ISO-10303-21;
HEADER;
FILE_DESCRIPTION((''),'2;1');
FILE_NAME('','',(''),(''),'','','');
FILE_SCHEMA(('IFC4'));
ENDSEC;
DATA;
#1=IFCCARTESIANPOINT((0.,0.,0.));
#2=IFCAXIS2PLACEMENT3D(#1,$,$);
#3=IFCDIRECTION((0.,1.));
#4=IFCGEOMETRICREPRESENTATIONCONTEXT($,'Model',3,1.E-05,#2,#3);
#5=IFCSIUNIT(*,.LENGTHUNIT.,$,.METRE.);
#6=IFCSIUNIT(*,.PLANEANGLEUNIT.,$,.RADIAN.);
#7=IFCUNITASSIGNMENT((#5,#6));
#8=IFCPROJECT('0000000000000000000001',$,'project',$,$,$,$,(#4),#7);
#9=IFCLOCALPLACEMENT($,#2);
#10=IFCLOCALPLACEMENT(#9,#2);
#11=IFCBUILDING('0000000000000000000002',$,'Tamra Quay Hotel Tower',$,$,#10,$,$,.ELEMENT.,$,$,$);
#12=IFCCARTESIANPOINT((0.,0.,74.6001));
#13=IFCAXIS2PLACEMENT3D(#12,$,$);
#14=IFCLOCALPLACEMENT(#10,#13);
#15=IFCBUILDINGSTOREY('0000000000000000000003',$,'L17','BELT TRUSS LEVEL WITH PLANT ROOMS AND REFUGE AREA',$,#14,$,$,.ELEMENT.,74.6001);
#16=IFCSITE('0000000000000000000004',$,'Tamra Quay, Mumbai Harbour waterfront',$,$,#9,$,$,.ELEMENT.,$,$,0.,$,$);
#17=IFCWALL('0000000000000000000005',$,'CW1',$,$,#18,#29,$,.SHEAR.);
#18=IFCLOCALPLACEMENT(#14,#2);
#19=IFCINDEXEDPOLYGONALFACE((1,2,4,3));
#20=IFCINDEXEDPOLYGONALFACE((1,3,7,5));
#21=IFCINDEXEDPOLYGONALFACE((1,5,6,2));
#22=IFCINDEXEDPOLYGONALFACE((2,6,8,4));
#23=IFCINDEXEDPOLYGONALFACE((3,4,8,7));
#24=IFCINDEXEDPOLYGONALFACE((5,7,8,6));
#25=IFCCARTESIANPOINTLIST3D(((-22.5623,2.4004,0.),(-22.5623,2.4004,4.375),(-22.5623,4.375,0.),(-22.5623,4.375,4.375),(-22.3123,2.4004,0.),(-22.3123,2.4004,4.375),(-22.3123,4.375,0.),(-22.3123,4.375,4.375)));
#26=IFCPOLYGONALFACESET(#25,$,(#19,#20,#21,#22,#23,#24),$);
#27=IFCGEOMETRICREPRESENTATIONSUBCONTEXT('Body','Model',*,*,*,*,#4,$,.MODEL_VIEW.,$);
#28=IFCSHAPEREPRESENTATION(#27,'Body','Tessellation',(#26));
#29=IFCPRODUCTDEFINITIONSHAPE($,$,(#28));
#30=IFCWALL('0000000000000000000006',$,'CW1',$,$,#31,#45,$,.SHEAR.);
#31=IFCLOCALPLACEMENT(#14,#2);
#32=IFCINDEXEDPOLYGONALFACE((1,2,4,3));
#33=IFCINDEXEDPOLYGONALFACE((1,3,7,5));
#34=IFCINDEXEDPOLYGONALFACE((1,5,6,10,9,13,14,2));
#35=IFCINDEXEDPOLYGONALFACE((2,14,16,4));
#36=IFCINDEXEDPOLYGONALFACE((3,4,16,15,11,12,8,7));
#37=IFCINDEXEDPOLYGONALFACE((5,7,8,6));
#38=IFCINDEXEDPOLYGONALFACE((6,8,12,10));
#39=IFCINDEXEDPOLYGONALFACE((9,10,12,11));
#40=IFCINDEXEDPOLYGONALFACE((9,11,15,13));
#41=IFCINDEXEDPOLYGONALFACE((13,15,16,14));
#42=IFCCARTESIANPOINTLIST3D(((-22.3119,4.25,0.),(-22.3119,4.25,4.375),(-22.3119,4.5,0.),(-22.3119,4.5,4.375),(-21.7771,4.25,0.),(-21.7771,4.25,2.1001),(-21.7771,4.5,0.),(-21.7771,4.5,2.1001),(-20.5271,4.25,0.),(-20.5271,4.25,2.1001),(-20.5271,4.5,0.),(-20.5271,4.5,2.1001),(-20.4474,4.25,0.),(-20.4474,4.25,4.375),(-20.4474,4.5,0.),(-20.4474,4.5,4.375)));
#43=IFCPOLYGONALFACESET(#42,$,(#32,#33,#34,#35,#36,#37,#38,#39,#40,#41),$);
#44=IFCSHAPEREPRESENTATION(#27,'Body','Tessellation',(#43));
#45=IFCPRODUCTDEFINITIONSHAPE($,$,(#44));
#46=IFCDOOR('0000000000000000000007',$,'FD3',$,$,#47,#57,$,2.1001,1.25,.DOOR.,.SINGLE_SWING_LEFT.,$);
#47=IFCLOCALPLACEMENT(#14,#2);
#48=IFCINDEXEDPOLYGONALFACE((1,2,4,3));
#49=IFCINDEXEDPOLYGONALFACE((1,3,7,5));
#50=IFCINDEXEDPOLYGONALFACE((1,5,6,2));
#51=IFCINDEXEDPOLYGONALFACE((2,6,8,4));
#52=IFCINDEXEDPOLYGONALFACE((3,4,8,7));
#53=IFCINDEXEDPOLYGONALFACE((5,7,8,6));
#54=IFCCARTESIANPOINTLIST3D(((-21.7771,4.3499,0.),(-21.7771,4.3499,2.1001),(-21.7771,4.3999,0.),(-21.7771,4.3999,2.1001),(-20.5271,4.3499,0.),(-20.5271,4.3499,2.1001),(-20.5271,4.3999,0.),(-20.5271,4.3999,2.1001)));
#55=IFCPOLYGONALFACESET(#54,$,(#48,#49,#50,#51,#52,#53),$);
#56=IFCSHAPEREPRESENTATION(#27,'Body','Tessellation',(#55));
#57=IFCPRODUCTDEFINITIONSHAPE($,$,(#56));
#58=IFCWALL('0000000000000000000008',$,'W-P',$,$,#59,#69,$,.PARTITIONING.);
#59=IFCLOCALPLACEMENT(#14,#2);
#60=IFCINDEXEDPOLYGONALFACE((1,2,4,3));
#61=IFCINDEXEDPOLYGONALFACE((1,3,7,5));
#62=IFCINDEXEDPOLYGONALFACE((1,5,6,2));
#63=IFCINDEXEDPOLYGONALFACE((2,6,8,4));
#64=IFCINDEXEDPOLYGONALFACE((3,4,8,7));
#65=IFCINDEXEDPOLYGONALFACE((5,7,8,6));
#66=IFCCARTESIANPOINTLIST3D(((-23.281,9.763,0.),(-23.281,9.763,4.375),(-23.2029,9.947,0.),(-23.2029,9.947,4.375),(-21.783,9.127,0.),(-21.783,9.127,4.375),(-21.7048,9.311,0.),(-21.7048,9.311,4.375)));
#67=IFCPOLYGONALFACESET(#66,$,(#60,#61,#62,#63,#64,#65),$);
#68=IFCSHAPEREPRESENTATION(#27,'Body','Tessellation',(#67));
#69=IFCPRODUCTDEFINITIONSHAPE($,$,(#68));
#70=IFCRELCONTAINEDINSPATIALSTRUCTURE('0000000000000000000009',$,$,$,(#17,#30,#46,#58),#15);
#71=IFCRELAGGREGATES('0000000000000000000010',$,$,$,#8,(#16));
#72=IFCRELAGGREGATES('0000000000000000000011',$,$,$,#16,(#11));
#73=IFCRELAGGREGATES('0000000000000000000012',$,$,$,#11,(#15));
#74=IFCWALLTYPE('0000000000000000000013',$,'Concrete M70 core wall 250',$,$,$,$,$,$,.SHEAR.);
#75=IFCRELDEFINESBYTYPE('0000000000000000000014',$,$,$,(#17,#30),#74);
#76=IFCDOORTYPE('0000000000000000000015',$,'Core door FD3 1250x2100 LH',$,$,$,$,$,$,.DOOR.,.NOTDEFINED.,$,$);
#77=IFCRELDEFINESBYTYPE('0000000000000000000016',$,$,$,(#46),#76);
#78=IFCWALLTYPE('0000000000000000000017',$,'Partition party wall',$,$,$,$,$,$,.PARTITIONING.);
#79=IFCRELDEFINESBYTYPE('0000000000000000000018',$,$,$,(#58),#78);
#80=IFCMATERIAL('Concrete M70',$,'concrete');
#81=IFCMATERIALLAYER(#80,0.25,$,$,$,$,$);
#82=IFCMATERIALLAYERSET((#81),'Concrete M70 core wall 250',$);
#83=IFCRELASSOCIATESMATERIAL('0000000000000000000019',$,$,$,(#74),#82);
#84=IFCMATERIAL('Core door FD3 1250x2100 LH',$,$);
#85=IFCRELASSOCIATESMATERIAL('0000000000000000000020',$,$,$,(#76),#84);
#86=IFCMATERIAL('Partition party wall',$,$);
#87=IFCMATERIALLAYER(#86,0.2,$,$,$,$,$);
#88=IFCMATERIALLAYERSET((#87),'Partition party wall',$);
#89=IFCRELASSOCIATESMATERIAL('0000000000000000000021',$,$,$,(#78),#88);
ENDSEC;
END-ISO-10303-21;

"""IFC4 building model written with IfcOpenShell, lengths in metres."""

from ifc_helpers import new_model, si_unit, direction, frame, frame_2d, origin, place, context, subcontext, project, spatial, rectangle, extrude, material, layer, layer_set, type_object, element, fill, save


model = new_model("IFC4")

# Units and contexts
model_context = context("Model", 3, precision=1e-05, world=origin(), true_north=direction((0.0, 1.0)))
body_context = subcontext(model_context, "Body", "Model", "MODEL_VIEW")
ifc_project = project(units=[si_unit("LENGTHUNIT", "METRE"), si_unit("PLANEANGLEUNIT", "RADIAN")], contexts=[model_context])

# Site, building, storey
site_placement = place(None, origin())
site = spatial("IfcSite", under=ifc_project, at=site_placement, Name="Tamra Quay, Mumbai Harbour waterfront", CompositionType="ELEMENT", RefElevation=0.0)
building_placement = place(site_placement, origin())
building = spatial("IfcBuilding", under=site, at=building_placement, Name="Tamra Quay Hotel Tower", CompositionType="ELEMENT")
storey_placement = place(building_placement, frame((0.0, 0.0, 74.6001)))
storey = spatial("IfcBuildingStorey", under=building, at=storey_placement, Name="L17", Description="BELT TRUSS LEVEL WITH PLANT ROOMS AND REFUGE AREA", CompositionType="ELEMENT", Elevation=74.6001)

# Wall
ifc_material_1 = material(Name="Concrete M70", Category="concrete")
ifc_layer_1 = layer(ifc_material_1, 0.25)
ifc_layer_set_1 = layer_set([ifc_layer_1], Name="Concrete M70 core wall 250")
wall_type_1 = type_object("IfcWallType", Name="Concrete M70 core wall 250", PredefinedType="SHEAR", material=ifc_layer_set_1)
wall_1_placement = place(storey_placement, frame((-22.4373, 2.4004, 0.0), z_axis=(0.0, 0.0, 1.0), x_axis=(0.0, 1.0, 0.0)))
element("IfcWall", 1, at=wall_1_placement, inside=storey, type_object=wall_type_1, Name="CW1", PredefinedType="SHEAR", context=body_context, shape_type="SweptSolid", body=[
    extrude(rectangle(XDim=1.9746, YDim=0.25, at=frame_2d((0.9873, 0.0))), origin(), (0.0, 0.0, 1.0), 4.375),
])

# Wall, opening, door
wall_2_placement = place(storey_placement, frame((-22.3118, 4.375, 0.0), z_axis=(0.0, 0.0, 1.0), x_axis=(1.0, 0.0, 0.0)))
wall_2 = element("IfcWall", 2, at=wall_2_placement, inside=storey, type_object=wall_type_1, Name="CW1", PredefinedType="SHEAR", context=body_context, shape_type="SweptSolid", body=[
    extrude(rectangle(XDim=1.8645, YDim=0.25, at=frame_2d((0.9321, 0.0))), origin(), (0.0, 0.0, 1.0), 4.375),
])
opening_placement = place(wall_2_placement, frame((0.5347, 0.0, 0.0)))
opening = element("IfcOpeningElement", 3, at=opening_placement, cuts=wall_2, PredefinedType="OPENING", context=body_context, shape_type="SweptSolid", body=[
    extrude(rectangle(XDim=1.25, YDim=2.1001, at=frame_2d((0.625, 1.05))), frame((0.0, 0.135, 0.0), z_axis=(0.0, -1.0, 0.0), x_axis=(1.0, 0.0, 0.0)), (0.0, 0.0, 1.0), 0.27),
])
ifc_material_2 = material(Name="Core door FD3 1250x2100 LH")
door_type = type_object("IfcDoorType", Name="Core door FD3 1250x2100 LH", OperationType="NOTDEFINED", PredefinedType="DOOR", material=ifc_material_2)
door_placement = place(opening_placement, origin())
door = element("IfcDoor", 4, at=door_placement, inside=storey, type_object=door_type, Name="FD3", OperationType="SINGLE_SWING_LEFT", OverallHeight=2.1001, OverallWidth=1.25, PredefinedType="DOOR", context=body_context, shape_type="SweptSolid", body=[
    extrude(rectangle(XDim=1.25, YDim=2.1001, at=frame_2d((0.625, 1.05))), frame((0.0, 0.0249, 0.0), z_axis=(0.0, -1.0, 0.0), x_axis=(1.0, 0.0, 0.0)), (0.0, 0.0, 1.0), 0.05),
])
fill(opening, door)

# Wall
ifc_material_3 = material(Name="Partition party wall")
ifc_layer_2 = layer(ifc_material_3, 0.2)
ifc_layer_set_2 = layer_set([ifc_layer_2], Name="Partition party wall")
wall_type_2 = type_object("IfcWallType", Name="Partition party wall", PredefinedType="PARTITIONING", material=ifc_layer_set_2)
wall_3_placement = place(storey_placement, frame((-23.2419, 9.855, 0.0), z_axis=(0.0, 0.0, 1.0), x_axis=(0.920482, -0.390785, 0.0)))
element("IfcWall", 5, at=wall_3_placement, inside=storey, type_object=wall_type_2, Name="W-P", PredefinedType="PARTITIONING", context=body_context, shape_type="SweptSolid", body=[
    extrude(rectangle(XDim=1.6274, YDim=0.2, at=frame_2d((0.8137, 0.0))), origin(), (0.0, 0.0, 1.0), 4.375),
])

save(model, "model.ifc")
